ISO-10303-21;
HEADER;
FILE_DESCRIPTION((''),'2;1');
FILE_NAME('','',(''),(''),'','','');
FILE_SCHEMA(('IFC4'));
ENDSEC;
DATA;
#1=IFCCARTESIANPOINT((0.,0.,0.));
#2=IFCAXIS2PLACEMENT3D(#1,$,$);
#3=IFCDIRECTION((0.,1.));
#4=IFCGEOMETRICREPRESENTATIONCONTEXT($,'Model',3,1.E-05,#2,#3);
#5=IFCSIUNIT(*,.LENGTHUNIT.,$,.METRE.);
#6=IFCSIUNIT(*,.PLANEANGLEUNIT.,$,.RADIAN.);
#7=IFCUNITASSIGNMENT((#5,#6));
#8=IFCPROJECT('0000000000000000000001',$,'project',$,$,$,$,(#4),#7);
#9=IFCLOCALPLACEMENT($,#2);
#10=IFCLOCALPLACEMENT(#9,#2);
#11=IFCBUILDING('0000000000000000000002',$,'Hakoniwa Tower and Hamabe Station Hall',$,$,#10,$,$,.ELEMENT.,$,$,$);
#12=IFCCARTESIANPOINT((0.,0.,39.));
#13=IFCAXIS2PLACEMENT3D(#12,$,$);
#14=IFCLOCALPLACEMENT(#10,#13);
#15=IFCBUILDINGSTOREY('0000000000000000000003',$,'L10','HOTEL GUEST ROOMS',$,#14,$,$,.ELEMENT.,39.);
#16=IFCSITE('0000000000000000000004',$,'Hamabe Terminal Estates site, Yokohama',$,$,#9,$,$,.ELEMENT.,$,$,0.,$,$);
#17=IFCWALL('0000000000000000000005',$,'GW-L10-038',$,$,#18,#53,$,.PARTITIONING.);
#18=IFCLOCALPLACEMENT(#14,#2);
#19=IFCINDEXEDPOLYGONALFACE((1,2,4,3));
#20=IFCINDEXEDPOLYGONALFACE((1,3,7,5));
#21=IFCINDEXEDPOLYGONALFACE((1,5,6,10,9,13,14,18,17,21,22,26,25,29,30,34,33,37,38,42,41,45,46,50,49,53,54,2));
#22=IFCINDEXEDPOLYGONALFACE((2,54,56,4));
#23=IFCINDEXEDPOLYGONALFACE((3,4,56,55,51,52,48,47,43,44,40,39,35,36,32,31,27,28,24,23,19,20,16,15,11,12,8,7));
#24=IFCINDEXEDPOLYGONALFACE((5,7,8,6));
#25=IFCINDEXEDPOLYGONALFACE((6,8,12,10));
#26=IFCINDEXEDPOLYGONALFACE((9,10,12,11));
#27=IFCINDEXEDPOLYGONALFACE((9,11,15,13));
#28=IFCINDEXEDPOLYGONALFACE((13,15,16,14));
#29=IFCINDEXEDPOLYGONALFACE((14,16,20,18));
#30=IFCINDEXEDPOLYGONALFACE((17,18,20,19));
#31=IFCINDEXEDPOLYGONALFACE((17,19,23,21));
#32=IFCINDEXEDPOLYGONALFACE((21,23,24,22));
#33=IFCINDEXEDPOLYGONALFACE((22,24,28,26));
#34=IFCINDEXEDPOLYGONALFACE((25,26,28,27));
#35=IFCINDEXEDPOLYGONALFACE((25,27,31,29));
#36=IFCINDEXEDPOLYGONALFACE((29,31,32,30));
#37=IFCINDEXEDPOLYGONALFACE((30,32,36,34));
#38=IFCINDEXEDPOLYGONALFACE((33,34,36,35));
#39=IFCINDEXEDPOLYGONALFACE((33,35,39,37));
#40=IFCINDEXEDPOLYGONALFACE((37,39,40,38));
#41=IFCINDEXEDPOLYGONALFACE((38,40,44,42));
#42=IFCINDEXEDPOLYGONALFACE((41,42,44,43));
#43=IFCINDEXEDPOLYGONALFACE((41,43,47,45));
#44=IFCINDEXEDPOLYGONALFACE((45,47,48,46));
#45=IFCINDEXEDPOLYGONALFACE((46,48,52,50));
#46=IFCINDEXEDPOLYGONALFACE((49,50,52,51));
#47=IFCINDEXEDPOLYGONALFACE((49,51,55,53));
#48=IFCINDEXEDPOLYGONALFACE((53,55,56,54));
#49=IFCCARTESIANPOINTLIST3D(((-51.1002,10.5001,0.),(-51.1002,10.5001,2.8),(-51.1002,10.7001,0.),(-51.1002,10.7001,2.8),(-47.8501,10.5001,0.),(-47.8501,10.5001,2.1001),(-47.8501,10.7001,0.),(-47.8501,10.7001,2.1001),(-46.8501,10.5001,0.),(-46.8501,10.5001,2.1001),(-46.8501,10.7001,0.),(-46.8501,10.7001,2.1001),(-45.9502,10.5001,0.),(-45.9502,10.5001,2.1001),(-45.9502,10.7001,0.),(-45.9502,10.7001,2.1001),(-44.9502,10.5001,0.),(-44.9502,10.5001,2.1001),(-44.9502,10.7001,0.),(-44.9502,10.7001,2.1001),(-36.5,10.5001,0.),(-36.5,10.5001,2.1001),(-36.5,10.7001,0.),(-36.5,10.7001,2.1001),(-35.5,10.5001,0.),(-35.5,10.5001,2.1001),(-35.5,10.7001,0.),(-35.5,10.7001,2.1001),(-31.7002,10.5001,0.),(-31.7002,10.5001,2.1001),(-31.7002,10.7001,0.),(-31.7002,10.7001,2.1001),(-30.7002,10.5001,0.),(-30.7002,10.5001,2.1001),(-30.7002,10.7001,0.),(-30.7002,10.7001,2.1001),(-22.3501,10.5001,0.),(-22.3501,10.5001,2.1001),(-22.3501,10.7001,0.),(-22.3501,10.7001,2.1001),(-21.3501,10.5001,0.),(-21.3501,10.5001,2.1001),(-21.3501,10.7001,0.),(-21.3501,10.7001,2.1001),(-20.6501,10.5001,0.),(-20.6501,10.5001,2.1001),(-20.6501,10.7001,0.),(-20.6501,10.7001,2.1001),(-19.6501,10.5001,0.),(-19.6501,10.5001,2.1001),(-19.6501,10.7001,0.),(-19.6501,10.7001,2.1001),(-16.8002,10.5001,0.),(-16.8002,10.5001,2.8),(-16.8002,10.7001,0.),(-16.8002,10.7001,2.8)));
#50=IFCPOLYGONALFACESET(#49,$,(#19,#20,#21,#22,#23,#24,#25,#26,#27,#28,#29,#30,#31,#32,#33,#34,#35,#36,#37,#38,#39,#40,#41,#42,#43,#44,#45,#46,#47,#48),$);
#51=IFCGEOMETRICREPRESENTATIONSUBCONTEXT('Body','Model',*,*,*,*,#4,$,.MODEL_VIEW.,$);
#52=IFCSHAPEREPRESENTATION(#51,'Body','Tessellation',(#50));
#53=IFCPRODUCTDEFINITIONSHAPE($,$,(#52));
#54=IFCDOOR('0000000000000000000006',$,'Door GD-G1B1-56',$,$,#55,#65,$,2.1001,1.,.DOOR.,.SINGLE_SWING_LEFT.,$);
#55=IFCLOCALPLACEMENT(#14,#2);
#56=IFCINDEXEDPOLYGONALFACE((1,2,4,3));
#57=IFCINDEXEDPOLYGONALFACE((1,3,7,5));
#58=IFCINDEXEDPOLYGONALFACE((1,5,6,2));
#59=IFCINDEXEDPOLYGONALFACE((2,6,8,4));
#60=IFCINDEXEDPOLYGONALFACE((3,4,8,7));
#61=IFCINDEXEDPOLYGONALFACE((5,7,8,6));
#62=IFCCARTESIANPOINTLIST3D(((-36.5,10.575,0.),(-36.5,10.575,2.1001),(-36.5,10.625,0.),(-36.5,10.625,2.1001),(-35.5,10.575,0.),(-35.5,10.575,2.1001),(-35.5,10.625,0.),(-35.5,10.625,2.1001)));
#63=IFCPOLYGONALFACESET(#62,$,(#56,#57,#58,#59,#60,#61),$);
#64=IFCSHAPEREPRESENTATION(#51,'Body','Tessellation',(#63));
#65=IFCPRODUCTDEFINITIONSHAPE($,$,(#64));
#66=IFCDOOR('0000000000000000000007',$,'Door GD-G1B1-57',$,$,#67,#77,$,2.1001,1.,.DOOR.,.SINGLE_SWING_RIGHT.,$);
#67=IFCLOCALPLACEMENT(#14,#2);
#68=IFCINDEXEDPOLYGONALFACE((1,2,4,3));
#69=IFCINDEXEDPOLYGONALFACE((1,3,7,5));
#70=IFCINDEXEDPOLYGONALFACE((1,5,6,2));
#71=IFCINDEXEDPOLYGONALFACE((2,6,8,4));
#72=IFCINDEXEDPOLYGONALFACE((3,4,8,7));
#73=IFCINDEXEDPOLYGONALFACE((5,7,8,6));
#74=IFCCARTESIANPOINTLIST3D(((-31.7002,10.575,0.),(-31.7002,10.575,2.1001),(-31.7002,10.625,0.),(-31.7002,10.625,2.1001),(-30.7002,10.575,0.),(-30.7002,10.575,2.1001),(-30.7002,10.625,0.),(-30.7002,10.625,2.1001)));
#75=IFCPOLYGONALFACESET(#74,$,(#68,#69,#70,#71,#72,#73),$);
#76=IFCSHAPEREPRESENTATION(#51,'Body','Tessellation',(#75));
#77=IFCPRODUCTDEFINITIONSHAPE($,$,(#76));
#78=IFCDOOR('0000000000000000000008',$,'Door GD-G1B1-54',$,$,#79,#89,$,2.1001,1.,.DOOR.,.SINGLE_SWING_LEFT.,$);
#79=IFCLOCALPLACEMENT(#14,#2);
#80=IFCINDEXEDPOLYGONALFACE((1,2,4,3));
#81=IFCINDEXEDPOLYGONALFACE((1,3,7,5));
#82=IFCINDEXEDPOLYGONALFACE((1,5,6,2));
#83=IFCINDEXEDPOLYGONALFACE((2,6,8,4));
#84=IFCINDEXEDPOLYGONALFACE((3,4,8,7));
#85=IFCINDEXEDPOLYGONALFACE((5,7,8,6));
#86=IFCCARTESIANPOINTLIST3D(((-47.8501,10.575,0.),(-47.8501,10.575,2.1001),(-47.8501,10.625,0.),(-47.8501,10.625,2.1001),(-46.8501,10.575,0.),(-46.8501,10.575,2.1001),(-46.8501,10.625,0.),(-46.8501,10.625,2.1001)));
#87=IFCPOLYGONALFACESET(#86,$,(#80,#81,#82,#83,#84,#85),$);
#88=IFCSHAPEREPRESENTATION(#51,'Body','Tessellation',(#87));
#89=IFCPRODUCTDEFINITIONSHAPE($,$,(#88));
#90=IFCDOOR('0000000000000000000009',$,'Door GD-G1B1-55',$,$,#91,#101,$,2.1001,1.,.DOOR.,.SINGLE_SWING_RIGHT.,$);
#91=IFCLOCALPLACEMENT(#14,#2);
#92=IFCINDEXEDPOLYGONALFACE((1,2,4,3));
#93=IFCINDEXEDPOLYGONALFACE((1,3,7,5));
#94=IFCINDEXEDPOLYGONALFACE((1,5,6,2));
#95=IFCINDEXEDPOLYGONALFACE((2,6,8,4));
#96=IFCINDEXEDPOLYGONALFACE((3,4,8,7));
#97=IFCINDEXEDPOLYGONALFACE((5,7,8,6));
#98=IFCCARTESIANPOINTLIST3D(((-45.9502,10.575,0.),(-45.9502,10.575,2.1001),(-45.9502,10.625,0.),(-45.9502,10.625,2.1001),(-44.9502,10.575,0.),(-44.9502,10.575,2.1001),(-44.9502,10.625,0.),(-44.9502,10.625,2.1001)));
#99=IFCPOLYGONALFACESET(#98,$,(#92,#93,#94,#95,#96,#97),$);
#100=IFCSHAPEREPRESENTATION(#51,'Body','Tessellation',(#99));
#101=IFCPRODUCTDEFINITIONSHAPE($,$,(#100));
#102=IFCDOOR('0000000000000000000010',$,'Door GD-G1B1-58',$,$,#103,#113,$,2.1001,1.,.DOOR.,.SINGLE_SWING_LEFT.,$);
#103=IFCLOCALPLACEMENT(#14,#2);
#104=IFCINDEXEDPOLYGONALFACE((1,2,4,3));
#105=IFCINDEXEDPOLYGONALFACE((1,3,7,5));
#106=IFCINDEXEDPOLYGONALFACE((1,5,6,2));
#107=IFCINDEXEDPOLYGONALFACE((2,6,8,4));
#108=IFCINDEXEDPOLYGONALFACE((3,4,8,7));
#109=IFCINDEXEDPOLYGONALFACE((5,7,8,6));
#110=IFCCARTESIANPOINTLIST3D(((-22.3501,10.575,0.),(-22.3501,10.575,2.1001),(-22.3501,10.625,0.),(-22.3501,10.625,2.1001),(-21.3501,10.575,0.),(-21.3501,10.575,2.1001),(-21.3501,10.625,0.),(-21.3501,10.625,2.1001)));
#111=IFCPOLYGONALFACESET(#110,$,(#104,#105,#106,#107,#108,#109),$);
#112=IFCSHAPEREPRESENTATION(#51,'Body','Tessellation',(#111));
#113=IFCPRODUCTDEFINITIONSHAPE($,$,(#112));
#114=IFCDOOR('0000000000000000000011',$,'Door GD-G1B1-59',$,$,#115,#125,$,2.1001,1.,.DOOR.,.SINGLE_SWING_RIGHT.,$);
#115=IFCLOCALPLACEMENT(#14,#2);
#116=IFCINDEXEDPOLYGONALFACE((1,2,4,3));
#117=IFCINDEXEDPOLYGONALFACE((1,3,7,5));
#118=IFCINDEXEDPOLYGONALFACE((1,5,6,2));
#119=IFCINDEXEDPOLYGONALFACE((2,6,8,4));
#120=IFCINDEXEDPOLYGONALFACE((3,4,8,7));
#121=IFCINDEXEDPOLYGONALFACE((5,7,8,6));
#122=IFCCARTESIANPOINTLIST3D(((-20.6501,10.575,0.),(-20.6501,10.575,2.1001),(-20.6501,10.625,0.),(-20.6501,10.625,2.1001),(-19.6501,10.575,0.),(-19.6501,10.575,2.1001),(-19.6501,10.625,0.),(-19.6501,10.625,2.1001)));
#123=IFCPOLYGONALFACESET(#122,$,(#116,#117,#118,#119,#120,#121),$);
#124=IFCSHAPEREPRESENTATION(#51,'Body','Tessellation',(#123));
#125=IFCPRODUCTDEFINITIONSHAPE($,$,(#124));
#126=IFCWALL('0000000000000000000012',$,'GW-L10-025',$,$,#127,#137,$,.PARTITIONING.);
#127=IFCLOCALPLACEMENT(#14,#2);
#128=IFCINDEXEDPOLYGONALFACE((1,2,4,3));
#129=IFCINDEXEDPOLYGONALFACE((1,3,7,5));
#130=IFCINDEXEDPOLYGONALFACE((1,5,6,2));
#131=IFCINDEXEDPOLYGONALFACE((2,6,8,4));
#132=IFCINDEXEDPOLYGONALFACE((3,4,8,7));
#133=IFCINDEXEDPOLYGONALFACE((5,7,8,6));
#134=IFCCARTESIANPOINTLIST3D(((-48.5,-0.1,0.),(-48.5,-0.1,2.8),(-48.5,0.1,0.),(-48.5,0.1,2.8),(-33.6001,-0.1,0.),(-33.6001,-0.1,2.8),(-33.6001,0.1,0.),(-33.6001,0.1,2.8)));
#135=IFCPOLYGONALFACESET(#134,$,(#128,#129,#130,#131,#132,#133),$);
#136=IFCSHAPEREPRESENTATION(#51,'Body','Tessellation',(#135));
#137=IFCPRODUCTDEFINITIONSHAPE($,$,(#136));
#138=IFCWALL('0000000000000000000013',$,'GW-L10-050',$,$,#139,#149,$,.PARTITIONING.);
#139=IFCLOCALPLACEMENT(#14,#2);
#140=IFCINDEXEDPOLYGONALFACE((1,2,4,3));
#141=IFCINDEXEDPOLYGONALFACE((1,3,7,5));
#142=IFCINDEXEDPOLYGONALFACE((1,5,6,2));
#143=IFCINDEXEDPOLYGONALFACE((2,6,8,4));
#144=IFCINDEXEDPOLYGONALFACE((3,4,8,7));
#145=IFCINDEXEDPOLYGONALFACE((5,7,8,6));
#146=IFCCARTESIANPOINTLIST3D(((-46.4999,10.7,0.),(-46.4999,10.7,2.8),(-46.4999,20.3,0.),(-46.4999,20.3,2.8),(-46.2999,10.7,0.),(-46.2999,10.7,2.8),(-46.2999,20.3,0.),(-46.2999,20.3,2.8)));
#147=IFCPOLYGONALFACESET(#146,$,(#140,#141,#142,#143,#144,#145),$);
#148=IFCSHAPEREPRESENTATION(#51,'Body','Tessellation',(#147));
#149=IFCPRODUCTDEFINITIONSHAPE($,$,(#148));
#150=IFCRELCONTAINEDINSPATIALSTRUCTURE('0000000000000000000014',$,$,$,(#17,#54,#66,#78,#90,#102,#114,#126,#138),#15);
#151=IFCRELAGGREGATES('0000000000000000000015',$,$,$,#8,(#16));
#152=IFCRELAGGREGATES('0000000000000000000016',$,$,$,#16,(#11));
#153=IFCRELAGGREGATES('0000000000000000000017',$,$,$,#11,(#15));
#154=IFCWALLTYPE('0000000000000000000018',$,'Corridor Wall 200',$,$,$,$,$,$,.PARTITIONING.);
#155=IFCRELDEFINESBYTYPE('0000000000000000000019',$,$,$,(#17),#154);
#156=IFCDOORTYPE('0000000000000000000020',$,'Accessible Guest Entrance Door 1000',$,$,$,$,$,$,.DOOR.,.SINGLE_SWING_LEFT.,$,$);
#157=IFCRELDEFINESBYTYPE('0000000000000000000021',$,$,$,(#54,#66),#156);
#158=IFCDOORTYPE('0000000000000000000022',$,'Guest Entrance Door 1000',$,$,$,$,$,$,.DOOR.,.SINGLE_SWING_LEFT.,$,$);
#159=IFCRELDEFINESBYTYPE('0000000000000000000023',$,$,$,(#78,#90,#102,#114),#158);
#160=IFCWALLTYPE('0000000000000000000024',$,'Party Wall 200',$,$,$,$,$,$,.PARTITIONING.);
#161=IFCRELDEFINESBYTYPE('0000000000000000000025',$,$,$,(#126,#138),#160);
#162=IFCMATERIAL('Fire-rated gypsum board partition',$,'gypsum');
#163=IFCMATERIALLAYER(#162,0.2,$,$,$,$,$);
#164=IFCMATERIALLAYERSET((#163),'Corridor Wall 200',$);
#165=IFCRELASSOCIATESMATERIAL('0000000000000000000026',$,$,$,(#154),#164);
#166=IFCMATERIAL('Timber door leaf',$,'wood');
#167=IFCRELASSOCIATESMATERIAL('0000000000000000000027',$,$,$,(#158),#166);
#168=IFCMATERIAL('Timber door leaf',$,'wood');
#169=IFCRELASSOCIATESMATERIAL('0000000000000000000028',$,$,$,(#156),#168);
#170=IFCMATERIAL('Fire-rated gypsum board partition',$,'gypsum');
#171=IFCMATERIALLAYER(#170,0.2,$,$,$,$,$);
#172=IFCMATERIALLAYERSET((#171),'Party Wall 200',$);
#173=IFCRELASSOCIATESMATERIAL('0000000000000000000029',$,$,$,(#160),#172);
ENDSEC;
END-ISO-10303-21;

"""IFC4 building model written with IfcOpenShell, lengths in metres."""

from ifc_helpers import new_model, si_unit, direction, frame, frame_2d, origin, place, context, subcontext, project, spatial, rectangle, extrude, material, layer, layer_set, type_object, element, fill, save


model = new_model("IFC4")

# Units and contexts
model_context = context("Model", 3, precision=1e-05, world=origin(), true_north=direction((0.0, 1.0)))
body_context = subcontext(model_context, "Body", "Model", "MODEL_VIEW")
ifc_project = project(units=[si_unit("LENGTHUNIT", "METRE"), si_unit("PLANEANGLEUNIT", "RADIAN")], contexts=[model_context])

# Site, building, storey
site_placement = place(None, origin())
site = spatial("IfcSite", under=ifc_project, at=site_placement, Name="Hamabe Terminal Estates site, Yokohama", CompositionType="ELEMENT", RefElevation=0.0)
building_placement = place(site_placement, origin())
building = spatial("IfcBuilding", under=site, at=building_placement, Name="Hakoniwa Tower and Hamabe Station Hall", CompositionType="ELEMENT")
storey_placement = place(building_placement, frame((0.0, 0.0, 39.0)))
storey = spatial("IfcBuildingStorey", under=building, at=storey_placement, Name="L10", Description="HOTEL GUEST ROOMS", CompositionType="ELEMENT", Elevation=39.0)

# Shared definitions
ifc_material_1 = material(Name="Fire-rated gypsum board partition", Category="gypsum")
ifc_layer_1 = layer(ifc_material_1, 0.2)
ifc_layer_set_1 = layer_set([ifc_layer_1], Name="Corridor Wall 200")
wall_type_1 = type_object("IfcWallType", Name="Corridor Wall 200", PredefinedType="PARTITIONING", material=ifc_layer_set_1)
ifc_material_2 = material(Name="Timber door leaf", Category="wood")
door_type_1 = type_object("IfcDoorType", Name="Guest Entrance Door 1000", OperationType="SINGLE_SWING_LEFT", PredefinedType="DOOR", material=ifc_material_2)

# Wall, openings, doors
wall_1_placement = place(storey_placement, frame((-51.1001, 10.6001, 0.0), z_axis=(0.0, 0.0, 1.0), x_axis=(1.0, 0.0, 0.0)))
wall_1 = element("IfcWall", 1, at=wall_1_placement, inside=storey, type_object=wall_type_1, Name="GW-L10-038", PredefinedType="PARTITIONING", context=body_context, shape_type="SweptSolid", body=[
    extrude(rectangle(XDim=34.3, YDim=0.2, at=frame_2d((17.1499, 0.0))), origin(), (0.0, 0.0, 1.0), 2.8),
])
opening_1_placement = place(wall_1_placement, frame((3.25, 0.0, 0.0)))
opening_1 = element("IfcOpeningElement", 2, at=opening_1_placement, cuts=wall_1, PredefinedType="OPENING", context=body_context, shape_type="SweptSolid", body=[
    extrude(rectangle(XDim=1.0, YDim=2.1001, at=frame_2d((0.5, 1.05))), frame((0.0, 0.1099, 0.0), z_axis=(0.0, -1.0, 0.0), x_axis=(1.0, 0.0, 0.0)), (0.0, 0.0, 1.0), 0.22),
])
opening_2_placement = place(wall_1_placement, frame((5.1499, 0.0, 0.0)))
opening_2 = element("IfcOpeningElement", 3, at=opening_2_placement, cuts=wall_1, PredefinedType="OPENING", context=body_context, shape_type="SweptSolid", body=[
    extrude(rectangle(XDim=1.0, YDim=2.1001, at=frame_2d((0.5, 1.05))), frame((0.0, 0.1099, 0.0), z_axis=(0.0, -1.0, 0.0), x_axis=(1.0, 0.0, 0.0)), (0.0, 0.0, 1.0), 0.22),
])
opening_3_placement = place(wall_1_placement, frame((14.6001, 0.0, 0.0)))
opening_3 = element("IfcOpeningElement", 4, at=opening_3_placement, cuts=wall_1, PredefinedType="OPENING", context=body_context, shape_type="SweptSolid", body=[
    extrude(rectangle(XDim=1.0, YDim=2.1001, at=frame_2d((0.5, 1.05))), frame((0.0, 0.1099, 0.0), z_axis=(0.0, -1.0, 0.0), x_axis=(1.0, 0.0, 0.0)), (0.0, 0.0, 1.0), 0.22),
])
opening_4_placement = place(wall_1_placement, frame((19.3999, 0.0, 0.0)))
opening_4 = element("IfcOpeningElement", 5, at=opening_4_placement, cuts=wall_1, PredefinedType="OPENING", context=body_context, shape_type="SweptSolid", body=[
    extrude(rectangle(XDim=1.0, YDim=2.1001, at=frame_2d((0.5, 1.05))), frame((0.0, 0.1099, 0.0), z_axis=(0.0, -1.0, 0.0), x_axis=(1.0, 0.0, 0.0)), (0.0, 0.0, 1.0), 0.22),
])
opening_5_placement = place(wall_1_placement, frame((28.75, 0.0, 0.0)))
opening_5 = element("IfcOpeningElement", 6, at=opening_5_placement, cuts=wall_1, PredefinedType="OPENING", context=body_context, shape_type="SweptSolid", body=[
    extrude(rectangle(XDim=1.0, YDim=2.1001, at=frame_2d((0.5, 1.05))), frame((0.0, 0.1099, 0.0), z_axis=(0.0, -1.0, 0.0), x_axis=(1.0, 0.0, 0.0)), (0.0, 0.0, 1.0), 0.22),
])
opening_6_placement = place(wall_1_placement, frame((30.45, 0.0, 0.0)))
opening_6 = element("IfcOpeningElement", 7, at=opening_6_placement, cuts=wall_1, PredefinedType="OPENING", context=body_context, shape_type="SweptSolid", body=[
    extrude(rectangle(XDim=1.0, YDim=2.1001, at=frame_2d((0.5, 1.05))), frame((0.0, 0.1099, 0.0), z_axis=(0.0, -1.0, 0.0), x_axis=(1.0, 0.0, 0.0)), (0.0, 0.0, 1.0), 0.22),
])
ifc_material_3 = material(Name="Timber door leaf", Category="wood")
door_type_2 = type_object("IfcDoorType", Name="Accessible Guest Entrance Door 1000", OperationType="SINGLE_SWING_LEFT", PredefinedType="DOOR", material=ifc_material_3)
door_1_placement = place(opening_3_placement, origin())
door_1 = element("IfcDoor", 8, at=door_1_placement, inside=storey, type_object=door_type_2, Name="Door GD-G1B1-56", OperationType="SINGLE_SWING_LEFT", OverallHeight=2.1001, OverallWidth=1.0, PredefinedType="DOOR", context=body_context, shape_type="SweptSolid", body=[
    extrude(rectangle(XDim=1.0, YDim=2.1001, at=frame_2d((0.5, 1.05))), frame((0.0, 0.0249, 0.0), z_axis=(0.0, -1.0, 0.0), x_axis=(1.0, 0.0, 0.0)), (0.0, 0.0, 1.0), 0.05),
])
fill(opening_3, door_1)
door_2_placement = place(opening_4_placement, origin())
door_2 = element("IfcDoor", 9, at=door_2_placement, inside=storey, type_object=door_type_2, Name="Door GD-G1B1-57", OperationType="SINGLE_SWING_RIGHT", OverallHeight=2.1001, OverallWidth=1.0, PredefinedType="DOOR", context=body_context, shape_type="SweptSolid", body=[
    extrude(rectangle(XDim=1.0, YDim=2.1001, at=frame_2d((0.5, 1.05))), frame((0.0, 0.0249, 0.0), z_axis=(0.0, -1.0, 0.0), x_axis=(1.0, 0.0, 0.0)), (0.0, 0.0, 1.0), 0.05),
])
fill(opening_4, door_2)
door_3_placement = place(opening_1_placement, origin())
door_3 = element("IfcDoor", 10, at=door_3_placement, inside=storey, type_object=door_type_1, Name="Door GD-G1B1-54", OperationType="SINGLE_SWING_LEFT", OverallHeight=2.1001, OverallWidth=1.0, PredefinedType="DOOR", context=body_context, shape_type="SweptSolid", body=[
    extrude(rectangle(XDim=1.0, YDim=2.1001, at=frame_2d((0.5, 1.05))), frame((0.0, 0.0249, 0.0), z_axis=(0.0, -1.0, 0.0), x_axis=(1.0, 0.0, 0.0)), (0.0, 0.0, 1.0), 0.05),
])
fill(opening_1, door_3)
door_4_placement = place(opening_2_placement, origin())
door_4 = element("IfcDoor", 11, at=door_4_placement, inside=storey, type_object=door_type_1, Name="Door GD-G1B1-55", OperationType="SINGLE_SWING_RIGHT", OverallHeight=2.1001, OverallWidth=1.0, PredefinedType="DOOR", context=body_context, shape_type="SweptSolid", body=[
    extrude(rectangle(XDim=1.0, YDim=2.1001, at=frame_2d((0.5, 1.05))), frame((0.0, 0.0249, 0.0), z_axis=(0.0, -1.0, 0.0), x_axis=(1.0, 0.0, 0.0)), (0.0, 0.0, 1.0), 0.05),
])
fill(opening_2, door_4)
door_5_placement = place(opening_5_placement, origin())
door_5 = element("IfcDoor", 12, at=door_5_placement, inside=storey, type_object=door_type_1, Name="Door GD-G1B1-58", OperationType="SINGLE_SWING_LEFT", OverallHeight=2.1001, OverallWidth=1.0, PredefinedType="DOOR", context=body_context, shape_type="SweptSolid", body=[
    extrude(rectangle(XDim=1.0, YDim=2.1001, at=frame_2d((0.5, 1.05))), frame((0.0, 0.0249, 0.0), z_axis=(0.0, -1.0, 0.0), x_axis=(1.0, 0.0, 0.0)), (0.0, 0.0, 1.0), 0.05),
])
fill(opening_5, door_5)
door_6_placement = place(opening_6_placement, origin())
door_6 = element("IfcDoor", 13, at=door_6_placement, inside=storey, type_object=door_type_1, Name="Door GD-G1B1-59", OperationType="SINGLE_SWING_RIGHT", OverallHeight=2.1001, OverallWidth=1.0, PredefinedType="DOOR", context=body_context, shape_type="SweptSolid", body=[
    extrude(rectangle(XDim=1.0, YDim=2.1001, at=frame_2d((0.5, 1.05))), frame((0.0, 0.0249, 0.0), z_axis=(0.0, -1.0, 0.0), x_axis=(1.0, 0.0, 0.0)), (0.0, 0.0, 1.0), 0.05),
])
fill(opening_6, door_6)

# Walls
ifc_material_4 = material(Name="Fire-rated gypsum board partition", Category="gypsum")
ifc_layer_2 = layer(ifc_material_4, 0.2)
ifc_layer_set_2 = layer_set([ifc_layer_2], Name="Party Wall 200")
wall_type_2 = type_object("IfcWallType", Name="Party Wall 200", PredefinedType="PARTITIONING", material=ifc_layer_set_2)
wall_2_placement = place(storey_placement, frame((-48.5, 0.0, 0.0), z_axis=(0.0, 0.0, 1.0), x_axis=(1.0, 0.0, 0.0)))
element("IfcWall", 14, at=wall_2_placement, inside=storey, type_object=wall_type_2, Name="GW-L10-025", PredefinedType="PARTITIONING", context=body_context, shape_type="SweptSolid", body=[
    extrude(rectangle(XDim=14.8999, YDim=0.2, at=frame_2d((7.45, 0.0))), origin(), (0.0, 0.0, 1.0), 2.8),
])
wall_3_placement = place(storey_placement, frame((-46.3999, 10.7, 0.0), z_axis=(0.0, 0.0, 1.0), x_axis=(0.0, 1.0, 0.0)))
element("IfcWall", 15, at=wall_3_placement, inside=storey, type_object=wall_type_2, Name="GW-L10-050", PredefinedType="PARTITIONING", context=body_context, shape_type="SweptSolid", body=[
    extrude(rectangle(XDim=9.6001, YDim=0.2, at=frame_2d((4.8, 0.0))), origin(), (0.0, 0.0, 1.0), 2.8),
])

save(model, "model.ifc")
